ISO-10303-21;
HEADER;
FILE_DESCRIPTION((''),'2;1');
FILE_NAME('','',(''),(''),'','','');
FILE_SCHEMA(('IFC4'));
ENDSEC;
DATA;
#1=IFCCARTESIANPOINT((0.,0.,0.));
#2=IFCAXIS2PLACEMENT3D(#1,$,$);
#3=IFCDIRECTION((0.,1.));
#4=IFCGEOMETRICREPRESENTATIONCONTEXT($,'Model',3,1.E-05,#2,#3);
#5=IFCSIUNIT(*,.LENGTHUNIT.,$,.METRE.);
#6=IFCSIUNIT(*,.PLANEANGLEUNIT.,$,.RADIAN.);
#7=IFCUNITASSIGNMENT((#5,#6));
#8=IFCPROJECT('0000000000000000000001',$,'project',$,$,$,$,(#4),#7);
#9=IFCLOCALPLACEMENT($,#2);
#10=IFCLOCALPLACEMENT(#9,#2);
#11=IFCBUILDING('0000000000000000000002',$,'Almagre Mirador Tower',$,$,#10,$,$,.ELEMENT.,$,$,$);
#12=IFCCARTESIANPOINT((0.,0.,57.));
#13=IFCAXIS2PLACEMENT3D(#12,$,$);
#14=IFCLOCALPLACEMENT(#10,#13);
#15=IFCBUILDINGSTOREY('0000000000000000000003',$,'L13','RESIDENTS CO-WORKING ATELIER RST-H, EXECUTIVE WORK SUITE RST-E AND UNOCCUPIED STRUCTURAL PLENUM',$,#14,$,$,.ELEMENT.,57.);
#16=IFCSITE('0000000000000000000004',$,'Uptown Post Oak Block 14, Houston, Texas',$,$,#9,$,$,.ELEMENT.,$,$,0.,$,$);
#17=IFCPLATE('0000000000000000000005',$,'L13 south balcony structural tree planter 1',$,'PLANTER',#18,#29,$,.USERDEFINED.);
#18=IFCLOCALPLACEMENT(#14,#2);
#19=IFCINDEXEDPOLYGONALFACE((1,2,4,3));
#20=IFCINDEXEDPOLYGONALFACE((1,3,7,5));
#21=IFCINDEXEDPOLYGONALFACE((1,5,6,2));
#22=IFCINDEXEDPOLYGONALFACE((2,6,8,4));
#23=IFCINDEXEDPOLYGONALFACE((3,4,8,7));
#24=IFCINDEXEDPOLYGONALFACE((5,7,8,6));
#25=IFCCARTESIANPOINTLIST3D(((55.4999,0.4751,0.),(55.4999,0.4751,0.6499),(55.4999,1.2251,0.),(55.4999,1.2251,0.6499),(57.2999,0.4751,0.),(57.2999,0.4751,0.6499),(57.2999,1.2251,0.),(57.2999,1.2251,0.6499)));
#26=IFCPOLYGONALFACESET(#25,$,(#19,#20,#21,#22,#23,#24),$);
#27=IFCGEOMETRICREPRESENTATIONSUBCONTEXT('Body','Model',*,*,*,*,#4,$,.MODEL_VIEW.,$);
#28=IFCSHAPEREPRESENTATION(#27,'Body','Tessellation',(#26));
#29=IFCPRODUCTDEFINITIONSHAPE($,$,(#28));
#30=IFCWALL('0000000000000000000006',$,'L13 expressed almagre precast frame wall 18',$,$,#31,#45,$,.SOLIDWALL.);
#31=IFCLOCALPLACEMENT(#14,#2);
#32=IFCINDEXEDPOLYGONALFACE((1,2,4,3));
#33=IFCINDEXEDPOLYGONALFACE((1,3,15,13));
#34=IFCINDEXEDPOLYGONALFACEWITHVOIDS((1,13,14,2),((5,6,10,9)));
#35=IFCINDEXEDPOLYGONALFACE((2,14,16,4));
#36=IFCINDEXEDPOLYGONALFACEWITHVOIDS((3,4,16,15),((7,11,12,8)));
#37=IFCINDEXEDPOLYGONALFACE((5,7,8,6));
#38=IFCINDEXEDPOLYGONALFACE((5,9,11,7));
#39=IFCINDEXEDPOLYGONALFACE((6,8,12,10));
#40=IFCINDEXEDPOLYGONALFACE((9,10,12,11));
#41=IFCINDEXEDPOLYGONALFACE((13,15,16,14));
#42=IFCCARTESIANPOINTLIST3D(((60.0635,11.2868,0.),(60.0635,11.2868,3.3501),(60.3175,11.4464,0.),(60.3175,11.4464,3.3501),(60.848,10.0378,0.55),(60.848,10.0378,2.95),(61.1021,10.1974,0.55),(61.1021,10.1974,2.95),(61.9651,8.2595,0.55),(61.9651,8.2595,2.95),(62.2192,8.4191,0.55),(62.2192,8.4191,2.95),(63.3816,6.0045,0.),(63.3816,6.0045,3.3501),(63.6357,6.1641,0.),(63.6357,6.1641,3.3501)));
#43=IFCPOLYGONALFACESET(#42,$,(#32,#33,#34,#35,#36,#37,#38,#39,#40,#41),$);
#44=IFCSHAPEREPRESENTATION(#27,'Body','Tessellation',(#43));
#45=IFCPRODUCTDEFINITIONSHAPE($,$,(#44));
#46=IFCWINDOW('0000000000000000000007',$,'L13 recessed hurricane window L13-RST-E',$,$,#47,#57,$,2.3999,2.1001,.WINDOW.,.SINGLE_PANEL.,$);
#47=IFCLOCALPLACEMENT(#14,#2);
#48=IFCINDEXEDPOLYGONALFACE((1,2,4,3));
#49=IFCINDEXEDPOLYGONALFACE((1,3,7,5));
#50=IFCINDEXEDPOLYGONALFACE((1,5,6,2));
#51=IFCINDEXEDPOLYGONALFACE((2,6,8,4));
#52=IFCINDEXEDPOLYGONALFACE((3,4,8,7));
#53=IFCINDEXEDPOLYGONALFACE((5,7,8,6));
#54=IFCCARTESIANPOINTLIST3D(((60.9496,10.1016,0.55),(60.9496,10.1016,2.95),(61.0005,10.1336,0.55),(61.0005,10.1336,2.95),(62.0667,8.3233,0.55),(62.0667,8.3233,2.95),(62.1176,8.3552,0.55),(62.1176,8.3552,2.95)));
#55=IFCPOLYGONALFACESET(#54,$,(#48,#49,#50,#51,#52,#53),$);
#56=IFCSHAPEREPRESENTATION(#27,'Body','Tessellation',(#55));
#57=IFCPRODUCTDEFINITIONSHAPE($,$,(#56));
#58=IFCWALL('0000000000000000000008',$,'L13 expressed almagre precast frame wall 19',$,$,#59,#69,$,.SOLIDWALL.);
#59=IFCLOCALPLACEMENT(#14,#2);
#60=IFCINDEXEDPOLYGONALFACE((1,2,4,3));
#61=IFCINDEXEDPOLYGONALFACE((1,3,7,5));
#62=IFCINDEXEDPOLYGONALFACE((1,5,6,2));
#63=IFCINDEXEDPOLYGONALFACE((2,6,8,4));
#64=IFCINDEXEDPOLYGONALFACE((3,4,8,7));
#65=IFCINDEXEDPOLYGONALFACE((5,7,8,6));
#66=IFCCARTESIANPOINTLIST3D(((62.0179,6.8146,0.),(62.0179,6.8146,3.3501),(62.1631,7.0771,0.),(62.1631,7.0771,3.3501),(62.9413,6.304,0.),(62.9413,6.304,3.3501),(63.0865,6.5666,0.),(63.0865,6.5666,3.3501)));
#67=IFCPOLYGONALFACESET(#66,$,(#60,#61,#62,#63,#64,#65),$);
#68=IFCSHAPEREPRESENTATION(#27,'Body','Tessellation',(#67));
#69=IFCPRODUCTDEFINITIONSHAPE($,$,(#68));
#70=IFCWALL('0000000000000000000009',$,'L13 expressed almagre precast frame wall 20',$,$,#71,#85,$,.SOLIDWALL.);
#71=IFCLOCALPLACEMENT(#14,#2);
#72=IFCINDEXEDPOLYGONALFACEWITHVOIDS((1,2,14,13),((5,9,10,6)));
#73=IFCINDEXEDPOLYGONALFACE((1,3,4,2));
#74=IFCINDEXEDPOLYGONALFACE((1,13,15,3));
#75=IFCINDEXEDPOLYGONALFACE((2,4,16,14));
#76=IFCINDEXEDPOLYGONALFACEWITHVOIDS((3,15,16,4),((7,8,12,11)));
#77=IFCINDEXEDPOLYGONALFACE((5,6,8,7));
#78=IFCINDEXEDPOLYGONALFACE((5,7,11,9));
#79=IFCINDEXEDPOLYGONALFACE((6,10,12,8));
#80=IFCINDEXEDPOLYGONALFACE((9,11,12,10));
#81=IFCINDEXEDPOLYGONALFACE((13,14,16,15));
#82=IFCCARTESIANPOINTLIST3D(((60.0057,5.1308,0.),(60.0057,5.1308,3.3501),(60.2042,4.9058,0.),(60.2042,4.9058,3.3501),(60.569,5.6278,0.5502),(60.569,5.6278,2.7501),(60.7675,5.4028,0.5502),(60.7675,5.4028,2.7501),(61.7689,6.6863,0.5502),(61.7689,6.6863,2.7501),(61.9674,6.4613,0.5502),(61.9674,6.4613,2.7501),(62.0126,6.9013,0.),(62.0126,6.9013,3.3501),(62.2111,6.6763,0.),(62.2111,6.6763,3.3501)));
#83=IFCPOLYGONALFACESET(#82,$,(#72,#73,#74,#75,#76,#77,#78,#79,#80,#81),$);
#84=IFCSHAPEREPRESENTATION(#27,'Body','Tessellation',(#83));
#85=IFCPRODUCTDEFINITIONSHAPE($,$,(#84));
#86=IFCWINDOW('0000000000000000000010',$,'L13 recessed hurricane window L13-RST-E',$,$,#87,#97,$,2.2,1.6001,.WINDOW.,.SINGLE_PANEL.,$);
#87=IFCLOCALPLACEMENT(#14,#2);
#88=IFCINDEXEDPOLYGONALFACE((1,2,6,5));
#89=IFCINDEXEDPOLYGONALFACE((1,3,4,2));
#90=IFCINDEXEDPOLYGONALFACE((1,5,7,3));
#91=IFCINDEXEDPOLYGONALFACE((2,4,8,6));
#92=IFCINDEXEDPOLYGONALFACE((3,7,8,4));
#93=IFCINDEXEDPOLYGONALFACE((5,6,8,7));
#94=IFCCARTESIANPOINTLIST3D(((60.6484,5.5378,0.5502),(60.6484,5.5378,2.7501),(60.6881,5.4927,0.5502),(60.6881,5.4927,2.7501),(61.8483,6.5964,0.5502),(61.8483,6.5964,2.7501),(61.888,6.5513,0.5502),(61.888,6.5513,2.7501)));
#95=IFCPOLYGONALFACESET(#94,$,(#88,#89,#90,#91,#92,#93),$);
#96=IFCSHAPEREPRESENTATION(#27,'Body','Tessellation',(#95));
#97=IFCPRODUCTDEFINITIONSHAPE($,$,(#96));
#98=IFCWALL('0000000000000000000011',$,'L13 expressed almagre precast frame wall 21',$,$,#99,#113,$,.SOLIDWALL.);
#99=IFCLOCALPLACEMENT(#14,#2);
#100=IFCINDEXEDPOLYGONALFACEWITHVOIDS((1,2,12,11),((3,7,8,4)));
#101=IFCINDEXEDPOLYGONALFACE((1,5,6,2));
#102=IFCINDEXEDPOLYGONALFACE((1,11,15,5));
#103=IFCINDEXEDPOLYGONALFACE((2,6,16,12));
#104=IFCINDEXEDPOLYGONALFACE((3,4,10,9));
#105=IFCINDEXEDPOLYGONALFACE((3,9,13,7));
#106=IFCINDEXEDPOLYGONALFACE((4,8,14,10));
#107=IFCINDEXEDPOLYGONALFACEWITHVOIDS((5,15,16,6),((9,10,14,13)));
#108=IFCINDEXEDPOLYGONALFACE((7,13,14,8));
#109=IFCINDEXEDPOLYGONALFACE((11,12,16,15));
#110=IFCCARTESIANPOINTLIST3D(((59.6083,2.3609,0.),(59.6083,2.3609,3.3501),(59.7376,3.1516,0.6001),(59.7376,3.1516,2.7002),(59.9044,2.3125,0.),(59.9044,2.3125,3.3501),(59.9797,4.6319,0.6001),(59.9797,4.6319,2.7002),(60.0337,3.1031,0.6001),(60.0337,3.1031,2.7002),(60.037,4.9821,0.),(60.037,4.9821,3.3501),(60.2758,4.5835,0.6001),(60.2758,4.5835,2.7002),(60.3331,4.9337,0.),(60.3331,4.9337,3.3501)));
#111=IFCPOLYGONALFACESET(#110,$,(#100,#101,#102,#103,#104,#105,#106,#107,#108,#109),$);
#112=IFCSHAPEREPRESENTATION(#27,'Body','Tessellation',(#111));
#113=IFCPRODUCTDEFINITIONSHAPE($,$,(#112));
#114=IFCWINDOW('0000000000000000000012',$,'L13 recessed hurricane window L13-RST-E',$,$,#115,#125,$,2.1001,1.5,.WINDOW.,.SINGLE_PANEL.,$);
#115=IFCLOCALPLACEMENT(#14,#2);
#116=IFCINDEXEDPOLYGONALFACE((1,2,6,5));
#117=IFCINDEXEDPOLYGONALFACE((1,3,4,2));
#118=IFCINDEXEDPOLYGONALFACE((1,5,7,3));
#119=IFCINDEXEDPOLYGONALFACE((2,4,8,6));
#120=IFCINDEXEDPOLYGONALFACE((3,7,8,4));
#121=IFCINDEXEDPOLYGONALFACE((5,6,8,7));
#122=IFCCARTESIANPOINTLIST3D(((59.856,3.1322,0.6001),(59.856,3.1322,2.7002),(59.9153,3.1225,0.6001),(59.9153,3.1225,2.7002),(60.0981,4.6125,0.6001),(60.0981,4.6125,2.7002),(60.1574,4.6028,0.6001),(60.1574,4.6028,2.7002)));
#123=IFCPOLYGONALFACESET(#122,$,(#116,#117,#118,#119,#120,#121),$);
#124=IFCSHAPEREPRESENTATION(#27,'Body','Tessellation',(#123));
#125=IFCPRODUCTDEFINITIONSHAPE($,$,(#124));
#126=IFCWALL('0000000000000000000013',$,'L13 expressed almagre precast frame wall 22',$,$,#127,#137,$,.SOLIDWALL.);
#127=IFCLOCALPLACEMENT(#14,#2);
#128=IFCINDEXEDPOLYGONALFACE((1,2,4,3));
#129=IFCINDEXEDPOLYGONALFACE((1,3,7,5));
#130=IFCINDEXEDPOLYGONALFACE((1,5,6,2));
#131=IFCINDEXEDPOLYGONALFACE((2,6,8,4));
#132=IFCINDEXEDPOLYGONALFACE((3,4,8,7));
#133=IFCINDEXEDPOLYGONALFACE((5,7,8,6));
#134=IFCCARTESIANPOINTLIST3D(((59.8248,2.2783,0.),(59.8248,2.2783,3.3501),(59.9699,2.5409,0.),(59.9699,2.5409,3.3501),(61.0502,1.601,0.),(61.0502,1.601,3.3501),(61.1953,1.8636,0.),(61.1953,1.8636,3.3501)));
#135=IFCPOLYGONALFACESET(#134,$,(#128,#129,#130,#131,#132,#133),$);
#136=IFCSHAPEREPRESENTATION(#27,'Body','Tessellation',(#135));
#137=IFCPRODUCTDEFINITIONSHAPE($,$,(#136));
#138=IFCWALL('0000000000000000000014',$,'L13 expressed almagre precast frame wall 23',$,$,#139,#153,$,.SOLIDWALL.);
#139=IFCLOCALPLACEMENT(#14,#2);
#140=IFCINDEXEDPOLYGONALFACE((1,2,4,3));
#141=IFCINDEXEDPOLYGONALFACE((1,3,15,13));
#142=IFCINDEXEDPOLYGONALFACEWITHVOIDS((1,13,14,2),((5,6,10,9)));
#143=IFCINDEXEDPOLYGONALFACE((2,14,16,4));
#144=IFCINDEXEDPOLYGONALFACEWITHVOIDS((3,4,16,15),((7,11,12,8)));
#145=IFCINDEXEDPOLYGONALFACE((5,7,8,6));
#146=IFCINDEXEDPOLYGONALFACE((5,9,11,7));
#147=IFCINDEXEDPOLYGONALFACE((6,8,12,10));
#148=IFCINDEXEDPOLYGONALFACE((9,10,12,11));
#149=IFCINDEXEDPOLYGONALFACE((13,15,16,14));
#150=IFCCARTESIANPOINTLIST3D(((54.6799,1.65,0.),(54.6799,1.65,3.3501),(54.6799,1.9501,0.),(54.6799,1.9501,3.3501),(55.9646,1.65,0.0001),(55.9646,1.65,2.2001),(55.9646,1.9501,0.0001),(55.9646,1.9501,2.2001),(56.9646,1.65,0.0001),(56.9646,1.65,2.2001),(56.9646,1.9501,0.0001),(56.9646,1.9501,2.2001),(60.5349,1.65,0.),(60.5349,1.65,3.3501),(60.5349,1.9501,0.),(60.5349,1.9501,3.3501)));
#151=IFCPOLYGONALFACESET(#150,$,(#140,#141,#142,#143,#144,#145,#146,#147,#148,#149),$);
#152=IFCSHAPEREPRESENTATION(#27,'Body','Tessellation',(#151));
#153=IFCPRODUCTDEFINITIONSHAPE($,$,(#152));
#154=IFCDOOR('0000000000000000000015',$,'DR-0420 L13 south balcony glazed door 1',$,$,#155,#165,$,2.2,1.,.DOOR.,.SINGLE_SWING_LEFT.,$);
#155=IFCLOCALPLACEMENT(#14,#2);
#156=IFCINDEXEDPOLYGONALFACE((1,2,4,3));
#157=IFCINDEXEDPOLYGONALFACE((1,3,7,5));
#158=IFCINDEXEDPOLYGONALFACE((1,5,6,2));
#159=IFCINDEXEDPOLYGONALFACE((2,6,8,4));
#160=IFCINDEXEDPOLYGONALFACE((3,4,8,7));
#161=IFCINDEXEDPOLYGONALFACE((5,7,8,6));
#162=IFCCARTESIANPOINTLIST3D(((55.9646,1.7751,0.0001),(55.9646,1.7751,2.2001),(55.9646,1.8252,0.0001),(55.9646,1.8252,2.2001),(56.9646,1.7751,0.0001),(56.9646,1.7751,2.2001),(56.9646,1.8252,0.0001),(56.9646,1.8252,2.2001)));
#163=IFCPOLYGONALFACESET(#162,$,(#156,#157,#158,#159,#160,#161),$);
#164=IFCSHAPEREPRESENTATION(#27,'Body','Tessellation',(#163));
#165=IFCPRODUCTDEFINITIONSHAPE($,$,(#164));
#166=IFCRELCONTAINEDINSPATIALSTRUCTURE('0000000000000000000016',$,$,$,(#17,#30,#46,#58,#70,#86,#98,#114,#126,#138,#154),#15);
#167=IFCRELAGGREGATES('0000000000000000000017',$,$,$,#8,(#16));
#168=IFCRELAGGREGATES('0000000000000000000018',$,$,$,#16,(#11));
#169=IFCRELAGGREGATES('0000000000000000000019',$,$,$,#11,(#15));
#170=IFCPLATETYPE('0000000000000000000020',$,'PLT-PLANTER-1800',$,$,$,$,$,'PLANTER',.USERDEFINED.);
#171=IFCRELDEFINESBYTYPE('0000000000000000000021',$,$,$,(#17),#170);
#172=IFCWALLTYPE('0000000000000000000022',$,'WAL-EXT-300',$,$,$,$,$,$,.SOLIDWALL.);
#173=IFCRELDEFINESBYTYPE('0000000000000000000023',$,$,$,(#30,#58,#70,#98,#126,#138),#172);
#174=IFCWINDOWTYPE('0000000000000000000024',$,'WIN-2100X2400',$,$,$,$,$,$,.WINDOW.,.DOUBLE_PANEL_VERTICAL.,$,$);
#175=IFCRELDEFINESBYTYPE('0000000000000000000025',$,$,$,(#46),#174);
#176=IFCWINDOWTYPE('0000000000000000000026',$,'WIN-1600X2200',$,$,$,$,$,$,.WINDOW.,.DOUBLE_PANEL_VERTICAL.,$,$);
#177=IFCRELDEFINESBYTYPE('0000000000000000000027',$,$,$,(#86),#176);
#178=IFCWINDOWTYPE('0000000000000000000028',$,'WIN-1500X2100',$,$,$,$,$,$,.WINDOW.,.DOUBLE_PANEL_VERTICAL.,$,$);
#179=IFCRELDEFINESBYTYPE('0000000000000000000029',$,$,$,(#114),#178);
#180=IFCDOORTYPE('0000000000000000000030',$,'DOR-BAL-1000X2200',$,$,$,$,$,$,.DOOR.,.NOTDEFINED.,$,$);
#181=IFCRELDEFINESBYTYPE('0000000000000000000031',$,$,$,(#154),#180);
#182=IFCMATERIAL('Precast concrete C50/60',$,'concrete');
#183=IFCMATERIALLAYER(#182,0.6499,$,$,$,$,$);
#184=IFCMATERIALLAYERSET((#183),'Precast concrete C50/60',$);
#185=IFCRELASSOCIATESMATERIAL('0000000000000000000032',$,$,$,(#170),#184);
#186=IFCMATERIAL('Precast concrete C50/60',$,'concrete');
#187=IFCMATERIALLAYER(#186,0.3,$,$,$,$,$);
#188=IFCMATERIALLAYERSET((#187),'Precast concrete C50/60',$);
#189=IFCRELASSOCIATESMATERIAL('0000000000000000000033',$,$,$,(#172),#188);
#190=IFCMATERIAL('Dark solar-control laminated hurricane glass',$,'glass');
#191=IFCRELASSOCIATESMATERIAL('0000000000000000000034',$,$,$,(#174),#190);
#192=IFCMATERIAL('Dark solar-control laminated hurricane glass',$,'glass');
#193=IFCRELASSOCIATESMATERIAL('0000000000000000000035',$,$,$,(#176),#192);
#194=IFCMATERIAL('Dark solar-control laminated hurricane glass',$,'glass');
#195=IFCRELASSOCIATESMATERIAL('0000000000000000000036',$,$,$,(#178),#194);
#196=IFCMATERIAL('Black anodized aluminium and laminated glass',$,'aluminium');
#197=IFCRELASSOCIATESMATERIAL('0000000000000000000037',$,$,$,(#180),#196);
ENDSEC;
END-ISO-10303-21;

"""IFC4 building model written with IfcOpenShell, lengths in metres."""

from ifc_helpers import new_model, si_unit, direction, frame, frame_2d, origin, origin_2d, place, context, subcontext, project, spatial, rectangle, extrude, material, layer, layer_set, type_object, element, fill, save


model = new_model("IFC4")

# Units and contexts
model_context = context("Model", 3, precision=1e-05, world=origin(), true_north=direction((0.0, 1.0)))
body_context = subcontext(model_context, "Body", "Model", "MODEL_VIEW")
ifc_project = project(units=[si_unit("LENGTHUNIT", "METRE"), si_unit("PLANEANGLEUNIT", "RADIAN")], contexts=[model_context])

# Site, building, storey
site_placement = place(None, origin())
site = spatial("IfcSite", under=ifc_project, at=site_placement, Name="Uptown Post Oak Block 14, Houston, Texas", CompositionType="ELEMENT", RefElevation=0.0)
building_placement = place(site_placement, origin())
building = spatial("IfcBuilding", under=site, at=building_placement, Name="Almagre Mirador Tower", CompositionType="ELEMENT")
storey_placement = place(building_placement, frame((0.0, 0.0, 57.0)))
storey = spatial("IfcBuildingStorey", under=building, at=storey_placement, Name="L13", Description="RESIDENTS CO-WORKING ATELIER RST-H, EXECUTIVE WORK SUITE RST-E AND UNOCCUPIED STRUCTURAL PLENUM", CompositionType="ELEMENT", Elevation=57.0)

# Plate
ifc_material_1 = material(Name="Precast concrete C50/60", Category="concrete")
ifc_layer_1 = layer(ifc_material_1, 0.6499)
ifc_layer_set_1 = layer_set([ifc_layer_1], Name="Precast concrete C50/60")
plate_type = type_object("IfcPlateType", Name="PLT-PLANTER-1800", ElementType="PLANTER", PredefinedType="USERDEFINED", material=ifc_layer_set_1)
plate_placement = place(storey_placement, frame((56.3999, 0.8501, 0.0), z_axis=(0.0, 0.0, 1.0), x_axis=(1.0, 0.0, 0.0)))
element("IfcPlate", 1, at=plate_placement, inside=storey, type_object=plate_type, Name="L13 south balcony structural tree planter 1", ObjectType="PLANTER", PredefinedType="USERDEFINED", context=body_context, shape_type="SweptSolid", body=[
    extrude(rectangle(XDim=1.8, YDim=0.75, at=origin_2d()), origin(), (0.0, 0.0, 1.0), 0.6499),
])

# Wall, opening, window
ifc_material_2 = material(Name="Precast concrete C50/60", Category="concrete")
ifc_layer_2 = layer(ifc_material_2, 0.3)
ifc_layer_set_2 = layer_set([ifc_layer_2], Name="Precast concrete C50/60")
wall_type_1 = type_object("IfcWallType", Name="WAL-EXT-300", PredefinedType="SOLIDWALL", material=ifc_layer_set_2)
wall_1_placement = place(storey_placement, frame((60.1904, 11.3667, 0.0), z_axis=(0.0, 0.0, 1.0), x_axis=(0.531925, -0.846791, 0.0)))
wall_1 = element("IfcWall", 2, at=wall_1_placement, inside=storey, type_object=wall_type_1, Name="L13 expressed almagre precast frame wall 18", PredefinedType="SOLIDWALL", context=body_context, shape_type="SweptSolid", body=[
    extrude(rectangle(XDim=6.238, YDim=0.3, at=frame_2d((3.1191, 0.0))), origin(), (0.0, 0.0, 1.0), 3.3501),
])
opening_1_placement = place(wall_1_placement, frame((1.4751, 0.0, 0.55)))
opening_1 = element("IfcOpeningElement", 3, at=opening_1_placement, cuts=wall_1, PredefinedType="OPENING", context=body_context, shape_type="SweptSolid", body=[
    extrude(rectangle(XDim=2.1001, YDim=2.3999, at=frame_2d((1.05, 1.2))), frame((0.0, 0.1599, 0.0), z_axis=(0.0, -1.0, 0.0), x_axis=(1.0, 0.0, 0.0)), (0.0, 0.0, 1.0), 0.32),
])
ifc_material_3 = material(Name="Dark solar-control laminated hurricane glass", Category="glass")
window_type_1 = type_object("IfcWindowType", Name="WIN-2100X2400", PartitioningType="DOUBLE_PANEL_VERTICAL", PredefinedType="WINDOW", material=ifc_material_3)
window_1_placement = place(opening_1_placement, origin())
window_1 = element("IfcWindow", 4, at=window_1_placement, inside=storey, type_object=window_type_1, Name="L13 recessed hurricane window L13-RST-E", OverallHeight=2.3999, OverallWidth=2.1001, PartitioningType="SINGLE_PANEL", PredefinedType="WINDOW", context=body_context, shape_type="SweptSolid", body=[
    extrude(rectangle(XDim=2.1001, YDim=2.3999, at=frame_2d((1.05, 1.2))), frame((0.0, 0.03, 0.0), z_axis=(0.0, -1.0, 0.0), x_axis=(1.0, 0.0, 0.0)), (0.0, 0.0, 1.0), 0.0601),
])
fill(opening_1, window_1)

# Wall
wall_2_placement = place(storey_placement, frame((63.0139, 6.4353, 0.0), z_axis=(0.0, 0.0, 1.0), x_axis=(-0.875149, 0.483854, 0.0)))
element("IfcWall", 5, at=wall_2_placement, inside=storey, type_object=wall_type_1, Name="L13 expressed almagre precast frame wall 19", PredefinedType="SOLIDWALL", context=body_context, shape_type="SweptSolid", body=[
    extrude(rectangle(XDim=1.0552, YDim=0.3, at=frame_2d((0.5276, 0.0))), origin(), (0.0, 0.0, 1.0), 3.3501),
])

# Walls, openings, windows
wall_3_placement = place(storey_placement, frame((62.1118, 6.7888, 0.0), z_axis=(0.0, 0.0, 1.0), x_axis=(-0.74988, -0.661573, 0.0)))
wall_3 = element("IfcWall", 6, at=wall_3_placement, inside=storey, type_object=wall_type_1, Name="L13 expressed almagre precast frame wall 20", PredefinedType="SOLIDWALL", context=body_context, shape_type="SweptSolid", body=[
    extrude(rectangle(XDim=2.6763, YDim=0.3, at=frame_2d((1.3381, 0.0))), origin(), (0.0, 0.0, 1.0), 3.3501),
])
opening_2_placement = place(wall_3_placement, frame((0.325, 0.0, 0.55)))
opening_2 = element("IfcOpeningElement", 7, at=opening_2_placement, cuts=wall_3, PredefinedType="OPENING", context=body_context, shape_type="SweptSolid", body=[
    extrude(rectangle(XDim=1.6001, YDim=2.2, at=frame_2d((0.8, 1.1001))), frame((0.0, 0.1599, 0.0), z_axis=(0.0, -1.0, 0.0), x_axis=(1.0, 0.0, 0.0)), (0.0, 0.0, 1.0), 0.32),
])
ifc_material_4 = material(Name="Dark solar-control laminated hurricane glass", Category="glass")
window_type_2 = type_object("IfcWindowType", Name="WIN-1600X2200", PartitioningType="DOUBLE_PANEL_VERTICAL", PredefinedType="WINDOW", material=ifc_material_4)
window_2_placement = place(opening_2_placement, origin())
window_2 = element("IfcWindow", 8, at=window_2_placement, inside=storey, type_object=window_type_2, Name="L13 recessed hurricane window L13-RST-E", OverallHeight=2.2, OverallWidth=1.6001, PartitioningType="SINGLE_PANEL", PredefinedType="WINDOW", context=body_context, shape_type="SweptSolid", body=[
    extrude(rectangle(XDim=1.6001, YDim=2.2, at=frame_2d((0.8, 1.1001))), frame((0.0, 0.03, 0.0), z_axis=(0.0, -1.0, 0.0), x_axis=(1.0, 0.0, 0.0)), (0.0, 0.0, 1.0), 0.0601),
])
fill(opening_2, window_2)
wall_4_placement = place(storey_placement, frame((60.1851, 4.958, 0.0), z_axis=(0.0, 0.0, 1.0), x_axis=(-0.161417, -0.986886, 0.0)))
wall_4 = element("IfcWall", 9, at=wall_4_placement, inside=storey, type_object=wall_type_1, Name="L13 expressed almagre precast frame wall 21", PredefinedType="SOLIDWALL", context=body_context, shape_type="SweptSolid", body=[
    extrude(rectangle(XDim=2.656, YDim=0.3, at=frame_2d((1.3281, 0.0))), origin(), (0.0, 0.0, 1.0), 3.3501),
])
opening_3_placement = place(wall_4_placement, frame((0.355, 0.0, 0.6001)))
opening_3 = element("IfcOpeningElement", 10, at=opening_3_placement, cuts=wall_4, PredefinedType="OPENING", context=body_context, shape_type="SweptSolid", body=[
    extrude(rectangle(XDim=1.5, YDim=2.1001, at=frame_2d((0.75, 1.05))), frame((0.0, 0.1599, 0.0), z_axis=(0.0, -1.0, 0.0), x_axis=(1.0, 0.0, 0.0)), (0.0, 0.0, 1.0), 0.32),
])
ifc_material_5 = material(Name="Dark solar-control laminated hurricane glass", Category="glass")
window_type_3 = type_object("IfcWindowType", Name="WIN-1500X2100", PartitioningType="DOUBLE_PANEL_VERTICAL", PredefinedType="WINDOW", material=ifc_material_5)
window_3_placement = place(opening_3_placement, origin())
window_3 = element("IfcWindow", 11, at=window_3_placement, inside=storey, type_object=window_type_3, Name="L13 recessed hurricane window L13-RST-E", OverallHeight=2.1001, OverallWidth=1.5, PartitioningType="SINGLE_PANEL", PredefinedType="WINDOW", context=body_context, shape_type="SweptSolid", body=[
    extrude(rectangle(XDim=1.5, YDim=2.1001, at=frame_2d((0.75, 1.05))), frame((0.0, 0.03, 0.0), z_axis=(0.0, -1.0, 0.0), x_axis=(1.0, 0.0, 0.0)), (0.0, 0.0, 1.0), 0.0601),
])
fill(opening_3, window_3)

# Wall
wall_5_placement = place(storey_placement, frame((59.8972, 2.4097, 0.0), z_axis=(0.0, 0.0, 1.0), x_axis=(0.875216, -0.483732, 0.0)))
element("IfcWall", 12, at=wall_5_placement, inside=storey, type_object=wall_type_1, Name="L13 expressed almagre precast frame wall 22", PredefinedType="SOLIDWALL", context=body_context, shape_type="SweptSolid", body=[
    extrude(rectangle(XDim=1.4001, YDim=0.3, at=frame_2d((0.7002, 0.0))), origin(), (0.0, 0.0, 1.0), 3.3501),
])

# Wall, opening, door
wall_6_placement = place(storey_placement, frame((60.5349, 1.8, 0.0), z_axis=(0.0, 0.0, 1.0), x_axis=(-1.0, 0.0, 0.0)))
wall_6 = element("IfcWall", 13, at=wall_6_placement, inside=storey, type_object=wall_type_1, Name="L13 expressed almagre precast frame wall 23", PredefinedType="SOLIDWALL", context=body_context, shape_type="SweptSolid", body=[
    extrude(rectangle(XDim=5.855, YDim=0.3, at=frame_2d((2.9275, 0.0))), origin(), (0.0, 0.0, 1.0), 3.3501),
])
opening_4_placement = place(wall_6_placement, frame((3.5703, 0.0, 0.0)))
opening_4 = element("IfcOpeningElement", 14, at=opening_4_placement, cuts=wall_6, PredefinedType="OPENING", context=body_context, shape_type="SweptSolid", body=[
    extrude(rectangle(XDim=1.0, YDim=2.2, at=frame_2d((0.5, 1.1001))), frame((0.0, 0.1599, 0.0), z_axis=(0.0, -1.0, 0.0), x_axis=(1.0, 0.0, 0.0)), (0.0, 0.0, 1.0), 0.32),
])
ifc_material_6 = material(Name="Black anodized aluminium and laminated glass", Category="aluminium")
door_type = type_object("IfcDoorType", Name="DOR-BAL-1000X2200", OperationType="NOTDEFINED", PredefinedType="DOOR", material=ifc_material_6)
door_placement = place(opening_4_placement, origin())
door = element("IfcDoor", 15, at=door_placement, inside=storey, type_object=door_type, Name="DR-0420 L13 south balcony glazed door 1", OperationType="SINGLE_SWING_LEFT", OverallHeight=2.2, OverallWidth=1.0, PredefinedType="DOOR", context=body_context, shape_type="SweptSolid", body=[
    extrude(rectangle(XDim=1.0, YDim=2.2, at=frame_2d((0.5, 1.1001))), frame((0.0, 0.0249, 0.0), z_axis=(0.0, -1.0, 0.0), x_axis=(1.0, 0.0, 0.0)), (0.0, 0.0, 1.0), 0.05),
])
fill(opening_4, door)

save(model, "model.ifc")
